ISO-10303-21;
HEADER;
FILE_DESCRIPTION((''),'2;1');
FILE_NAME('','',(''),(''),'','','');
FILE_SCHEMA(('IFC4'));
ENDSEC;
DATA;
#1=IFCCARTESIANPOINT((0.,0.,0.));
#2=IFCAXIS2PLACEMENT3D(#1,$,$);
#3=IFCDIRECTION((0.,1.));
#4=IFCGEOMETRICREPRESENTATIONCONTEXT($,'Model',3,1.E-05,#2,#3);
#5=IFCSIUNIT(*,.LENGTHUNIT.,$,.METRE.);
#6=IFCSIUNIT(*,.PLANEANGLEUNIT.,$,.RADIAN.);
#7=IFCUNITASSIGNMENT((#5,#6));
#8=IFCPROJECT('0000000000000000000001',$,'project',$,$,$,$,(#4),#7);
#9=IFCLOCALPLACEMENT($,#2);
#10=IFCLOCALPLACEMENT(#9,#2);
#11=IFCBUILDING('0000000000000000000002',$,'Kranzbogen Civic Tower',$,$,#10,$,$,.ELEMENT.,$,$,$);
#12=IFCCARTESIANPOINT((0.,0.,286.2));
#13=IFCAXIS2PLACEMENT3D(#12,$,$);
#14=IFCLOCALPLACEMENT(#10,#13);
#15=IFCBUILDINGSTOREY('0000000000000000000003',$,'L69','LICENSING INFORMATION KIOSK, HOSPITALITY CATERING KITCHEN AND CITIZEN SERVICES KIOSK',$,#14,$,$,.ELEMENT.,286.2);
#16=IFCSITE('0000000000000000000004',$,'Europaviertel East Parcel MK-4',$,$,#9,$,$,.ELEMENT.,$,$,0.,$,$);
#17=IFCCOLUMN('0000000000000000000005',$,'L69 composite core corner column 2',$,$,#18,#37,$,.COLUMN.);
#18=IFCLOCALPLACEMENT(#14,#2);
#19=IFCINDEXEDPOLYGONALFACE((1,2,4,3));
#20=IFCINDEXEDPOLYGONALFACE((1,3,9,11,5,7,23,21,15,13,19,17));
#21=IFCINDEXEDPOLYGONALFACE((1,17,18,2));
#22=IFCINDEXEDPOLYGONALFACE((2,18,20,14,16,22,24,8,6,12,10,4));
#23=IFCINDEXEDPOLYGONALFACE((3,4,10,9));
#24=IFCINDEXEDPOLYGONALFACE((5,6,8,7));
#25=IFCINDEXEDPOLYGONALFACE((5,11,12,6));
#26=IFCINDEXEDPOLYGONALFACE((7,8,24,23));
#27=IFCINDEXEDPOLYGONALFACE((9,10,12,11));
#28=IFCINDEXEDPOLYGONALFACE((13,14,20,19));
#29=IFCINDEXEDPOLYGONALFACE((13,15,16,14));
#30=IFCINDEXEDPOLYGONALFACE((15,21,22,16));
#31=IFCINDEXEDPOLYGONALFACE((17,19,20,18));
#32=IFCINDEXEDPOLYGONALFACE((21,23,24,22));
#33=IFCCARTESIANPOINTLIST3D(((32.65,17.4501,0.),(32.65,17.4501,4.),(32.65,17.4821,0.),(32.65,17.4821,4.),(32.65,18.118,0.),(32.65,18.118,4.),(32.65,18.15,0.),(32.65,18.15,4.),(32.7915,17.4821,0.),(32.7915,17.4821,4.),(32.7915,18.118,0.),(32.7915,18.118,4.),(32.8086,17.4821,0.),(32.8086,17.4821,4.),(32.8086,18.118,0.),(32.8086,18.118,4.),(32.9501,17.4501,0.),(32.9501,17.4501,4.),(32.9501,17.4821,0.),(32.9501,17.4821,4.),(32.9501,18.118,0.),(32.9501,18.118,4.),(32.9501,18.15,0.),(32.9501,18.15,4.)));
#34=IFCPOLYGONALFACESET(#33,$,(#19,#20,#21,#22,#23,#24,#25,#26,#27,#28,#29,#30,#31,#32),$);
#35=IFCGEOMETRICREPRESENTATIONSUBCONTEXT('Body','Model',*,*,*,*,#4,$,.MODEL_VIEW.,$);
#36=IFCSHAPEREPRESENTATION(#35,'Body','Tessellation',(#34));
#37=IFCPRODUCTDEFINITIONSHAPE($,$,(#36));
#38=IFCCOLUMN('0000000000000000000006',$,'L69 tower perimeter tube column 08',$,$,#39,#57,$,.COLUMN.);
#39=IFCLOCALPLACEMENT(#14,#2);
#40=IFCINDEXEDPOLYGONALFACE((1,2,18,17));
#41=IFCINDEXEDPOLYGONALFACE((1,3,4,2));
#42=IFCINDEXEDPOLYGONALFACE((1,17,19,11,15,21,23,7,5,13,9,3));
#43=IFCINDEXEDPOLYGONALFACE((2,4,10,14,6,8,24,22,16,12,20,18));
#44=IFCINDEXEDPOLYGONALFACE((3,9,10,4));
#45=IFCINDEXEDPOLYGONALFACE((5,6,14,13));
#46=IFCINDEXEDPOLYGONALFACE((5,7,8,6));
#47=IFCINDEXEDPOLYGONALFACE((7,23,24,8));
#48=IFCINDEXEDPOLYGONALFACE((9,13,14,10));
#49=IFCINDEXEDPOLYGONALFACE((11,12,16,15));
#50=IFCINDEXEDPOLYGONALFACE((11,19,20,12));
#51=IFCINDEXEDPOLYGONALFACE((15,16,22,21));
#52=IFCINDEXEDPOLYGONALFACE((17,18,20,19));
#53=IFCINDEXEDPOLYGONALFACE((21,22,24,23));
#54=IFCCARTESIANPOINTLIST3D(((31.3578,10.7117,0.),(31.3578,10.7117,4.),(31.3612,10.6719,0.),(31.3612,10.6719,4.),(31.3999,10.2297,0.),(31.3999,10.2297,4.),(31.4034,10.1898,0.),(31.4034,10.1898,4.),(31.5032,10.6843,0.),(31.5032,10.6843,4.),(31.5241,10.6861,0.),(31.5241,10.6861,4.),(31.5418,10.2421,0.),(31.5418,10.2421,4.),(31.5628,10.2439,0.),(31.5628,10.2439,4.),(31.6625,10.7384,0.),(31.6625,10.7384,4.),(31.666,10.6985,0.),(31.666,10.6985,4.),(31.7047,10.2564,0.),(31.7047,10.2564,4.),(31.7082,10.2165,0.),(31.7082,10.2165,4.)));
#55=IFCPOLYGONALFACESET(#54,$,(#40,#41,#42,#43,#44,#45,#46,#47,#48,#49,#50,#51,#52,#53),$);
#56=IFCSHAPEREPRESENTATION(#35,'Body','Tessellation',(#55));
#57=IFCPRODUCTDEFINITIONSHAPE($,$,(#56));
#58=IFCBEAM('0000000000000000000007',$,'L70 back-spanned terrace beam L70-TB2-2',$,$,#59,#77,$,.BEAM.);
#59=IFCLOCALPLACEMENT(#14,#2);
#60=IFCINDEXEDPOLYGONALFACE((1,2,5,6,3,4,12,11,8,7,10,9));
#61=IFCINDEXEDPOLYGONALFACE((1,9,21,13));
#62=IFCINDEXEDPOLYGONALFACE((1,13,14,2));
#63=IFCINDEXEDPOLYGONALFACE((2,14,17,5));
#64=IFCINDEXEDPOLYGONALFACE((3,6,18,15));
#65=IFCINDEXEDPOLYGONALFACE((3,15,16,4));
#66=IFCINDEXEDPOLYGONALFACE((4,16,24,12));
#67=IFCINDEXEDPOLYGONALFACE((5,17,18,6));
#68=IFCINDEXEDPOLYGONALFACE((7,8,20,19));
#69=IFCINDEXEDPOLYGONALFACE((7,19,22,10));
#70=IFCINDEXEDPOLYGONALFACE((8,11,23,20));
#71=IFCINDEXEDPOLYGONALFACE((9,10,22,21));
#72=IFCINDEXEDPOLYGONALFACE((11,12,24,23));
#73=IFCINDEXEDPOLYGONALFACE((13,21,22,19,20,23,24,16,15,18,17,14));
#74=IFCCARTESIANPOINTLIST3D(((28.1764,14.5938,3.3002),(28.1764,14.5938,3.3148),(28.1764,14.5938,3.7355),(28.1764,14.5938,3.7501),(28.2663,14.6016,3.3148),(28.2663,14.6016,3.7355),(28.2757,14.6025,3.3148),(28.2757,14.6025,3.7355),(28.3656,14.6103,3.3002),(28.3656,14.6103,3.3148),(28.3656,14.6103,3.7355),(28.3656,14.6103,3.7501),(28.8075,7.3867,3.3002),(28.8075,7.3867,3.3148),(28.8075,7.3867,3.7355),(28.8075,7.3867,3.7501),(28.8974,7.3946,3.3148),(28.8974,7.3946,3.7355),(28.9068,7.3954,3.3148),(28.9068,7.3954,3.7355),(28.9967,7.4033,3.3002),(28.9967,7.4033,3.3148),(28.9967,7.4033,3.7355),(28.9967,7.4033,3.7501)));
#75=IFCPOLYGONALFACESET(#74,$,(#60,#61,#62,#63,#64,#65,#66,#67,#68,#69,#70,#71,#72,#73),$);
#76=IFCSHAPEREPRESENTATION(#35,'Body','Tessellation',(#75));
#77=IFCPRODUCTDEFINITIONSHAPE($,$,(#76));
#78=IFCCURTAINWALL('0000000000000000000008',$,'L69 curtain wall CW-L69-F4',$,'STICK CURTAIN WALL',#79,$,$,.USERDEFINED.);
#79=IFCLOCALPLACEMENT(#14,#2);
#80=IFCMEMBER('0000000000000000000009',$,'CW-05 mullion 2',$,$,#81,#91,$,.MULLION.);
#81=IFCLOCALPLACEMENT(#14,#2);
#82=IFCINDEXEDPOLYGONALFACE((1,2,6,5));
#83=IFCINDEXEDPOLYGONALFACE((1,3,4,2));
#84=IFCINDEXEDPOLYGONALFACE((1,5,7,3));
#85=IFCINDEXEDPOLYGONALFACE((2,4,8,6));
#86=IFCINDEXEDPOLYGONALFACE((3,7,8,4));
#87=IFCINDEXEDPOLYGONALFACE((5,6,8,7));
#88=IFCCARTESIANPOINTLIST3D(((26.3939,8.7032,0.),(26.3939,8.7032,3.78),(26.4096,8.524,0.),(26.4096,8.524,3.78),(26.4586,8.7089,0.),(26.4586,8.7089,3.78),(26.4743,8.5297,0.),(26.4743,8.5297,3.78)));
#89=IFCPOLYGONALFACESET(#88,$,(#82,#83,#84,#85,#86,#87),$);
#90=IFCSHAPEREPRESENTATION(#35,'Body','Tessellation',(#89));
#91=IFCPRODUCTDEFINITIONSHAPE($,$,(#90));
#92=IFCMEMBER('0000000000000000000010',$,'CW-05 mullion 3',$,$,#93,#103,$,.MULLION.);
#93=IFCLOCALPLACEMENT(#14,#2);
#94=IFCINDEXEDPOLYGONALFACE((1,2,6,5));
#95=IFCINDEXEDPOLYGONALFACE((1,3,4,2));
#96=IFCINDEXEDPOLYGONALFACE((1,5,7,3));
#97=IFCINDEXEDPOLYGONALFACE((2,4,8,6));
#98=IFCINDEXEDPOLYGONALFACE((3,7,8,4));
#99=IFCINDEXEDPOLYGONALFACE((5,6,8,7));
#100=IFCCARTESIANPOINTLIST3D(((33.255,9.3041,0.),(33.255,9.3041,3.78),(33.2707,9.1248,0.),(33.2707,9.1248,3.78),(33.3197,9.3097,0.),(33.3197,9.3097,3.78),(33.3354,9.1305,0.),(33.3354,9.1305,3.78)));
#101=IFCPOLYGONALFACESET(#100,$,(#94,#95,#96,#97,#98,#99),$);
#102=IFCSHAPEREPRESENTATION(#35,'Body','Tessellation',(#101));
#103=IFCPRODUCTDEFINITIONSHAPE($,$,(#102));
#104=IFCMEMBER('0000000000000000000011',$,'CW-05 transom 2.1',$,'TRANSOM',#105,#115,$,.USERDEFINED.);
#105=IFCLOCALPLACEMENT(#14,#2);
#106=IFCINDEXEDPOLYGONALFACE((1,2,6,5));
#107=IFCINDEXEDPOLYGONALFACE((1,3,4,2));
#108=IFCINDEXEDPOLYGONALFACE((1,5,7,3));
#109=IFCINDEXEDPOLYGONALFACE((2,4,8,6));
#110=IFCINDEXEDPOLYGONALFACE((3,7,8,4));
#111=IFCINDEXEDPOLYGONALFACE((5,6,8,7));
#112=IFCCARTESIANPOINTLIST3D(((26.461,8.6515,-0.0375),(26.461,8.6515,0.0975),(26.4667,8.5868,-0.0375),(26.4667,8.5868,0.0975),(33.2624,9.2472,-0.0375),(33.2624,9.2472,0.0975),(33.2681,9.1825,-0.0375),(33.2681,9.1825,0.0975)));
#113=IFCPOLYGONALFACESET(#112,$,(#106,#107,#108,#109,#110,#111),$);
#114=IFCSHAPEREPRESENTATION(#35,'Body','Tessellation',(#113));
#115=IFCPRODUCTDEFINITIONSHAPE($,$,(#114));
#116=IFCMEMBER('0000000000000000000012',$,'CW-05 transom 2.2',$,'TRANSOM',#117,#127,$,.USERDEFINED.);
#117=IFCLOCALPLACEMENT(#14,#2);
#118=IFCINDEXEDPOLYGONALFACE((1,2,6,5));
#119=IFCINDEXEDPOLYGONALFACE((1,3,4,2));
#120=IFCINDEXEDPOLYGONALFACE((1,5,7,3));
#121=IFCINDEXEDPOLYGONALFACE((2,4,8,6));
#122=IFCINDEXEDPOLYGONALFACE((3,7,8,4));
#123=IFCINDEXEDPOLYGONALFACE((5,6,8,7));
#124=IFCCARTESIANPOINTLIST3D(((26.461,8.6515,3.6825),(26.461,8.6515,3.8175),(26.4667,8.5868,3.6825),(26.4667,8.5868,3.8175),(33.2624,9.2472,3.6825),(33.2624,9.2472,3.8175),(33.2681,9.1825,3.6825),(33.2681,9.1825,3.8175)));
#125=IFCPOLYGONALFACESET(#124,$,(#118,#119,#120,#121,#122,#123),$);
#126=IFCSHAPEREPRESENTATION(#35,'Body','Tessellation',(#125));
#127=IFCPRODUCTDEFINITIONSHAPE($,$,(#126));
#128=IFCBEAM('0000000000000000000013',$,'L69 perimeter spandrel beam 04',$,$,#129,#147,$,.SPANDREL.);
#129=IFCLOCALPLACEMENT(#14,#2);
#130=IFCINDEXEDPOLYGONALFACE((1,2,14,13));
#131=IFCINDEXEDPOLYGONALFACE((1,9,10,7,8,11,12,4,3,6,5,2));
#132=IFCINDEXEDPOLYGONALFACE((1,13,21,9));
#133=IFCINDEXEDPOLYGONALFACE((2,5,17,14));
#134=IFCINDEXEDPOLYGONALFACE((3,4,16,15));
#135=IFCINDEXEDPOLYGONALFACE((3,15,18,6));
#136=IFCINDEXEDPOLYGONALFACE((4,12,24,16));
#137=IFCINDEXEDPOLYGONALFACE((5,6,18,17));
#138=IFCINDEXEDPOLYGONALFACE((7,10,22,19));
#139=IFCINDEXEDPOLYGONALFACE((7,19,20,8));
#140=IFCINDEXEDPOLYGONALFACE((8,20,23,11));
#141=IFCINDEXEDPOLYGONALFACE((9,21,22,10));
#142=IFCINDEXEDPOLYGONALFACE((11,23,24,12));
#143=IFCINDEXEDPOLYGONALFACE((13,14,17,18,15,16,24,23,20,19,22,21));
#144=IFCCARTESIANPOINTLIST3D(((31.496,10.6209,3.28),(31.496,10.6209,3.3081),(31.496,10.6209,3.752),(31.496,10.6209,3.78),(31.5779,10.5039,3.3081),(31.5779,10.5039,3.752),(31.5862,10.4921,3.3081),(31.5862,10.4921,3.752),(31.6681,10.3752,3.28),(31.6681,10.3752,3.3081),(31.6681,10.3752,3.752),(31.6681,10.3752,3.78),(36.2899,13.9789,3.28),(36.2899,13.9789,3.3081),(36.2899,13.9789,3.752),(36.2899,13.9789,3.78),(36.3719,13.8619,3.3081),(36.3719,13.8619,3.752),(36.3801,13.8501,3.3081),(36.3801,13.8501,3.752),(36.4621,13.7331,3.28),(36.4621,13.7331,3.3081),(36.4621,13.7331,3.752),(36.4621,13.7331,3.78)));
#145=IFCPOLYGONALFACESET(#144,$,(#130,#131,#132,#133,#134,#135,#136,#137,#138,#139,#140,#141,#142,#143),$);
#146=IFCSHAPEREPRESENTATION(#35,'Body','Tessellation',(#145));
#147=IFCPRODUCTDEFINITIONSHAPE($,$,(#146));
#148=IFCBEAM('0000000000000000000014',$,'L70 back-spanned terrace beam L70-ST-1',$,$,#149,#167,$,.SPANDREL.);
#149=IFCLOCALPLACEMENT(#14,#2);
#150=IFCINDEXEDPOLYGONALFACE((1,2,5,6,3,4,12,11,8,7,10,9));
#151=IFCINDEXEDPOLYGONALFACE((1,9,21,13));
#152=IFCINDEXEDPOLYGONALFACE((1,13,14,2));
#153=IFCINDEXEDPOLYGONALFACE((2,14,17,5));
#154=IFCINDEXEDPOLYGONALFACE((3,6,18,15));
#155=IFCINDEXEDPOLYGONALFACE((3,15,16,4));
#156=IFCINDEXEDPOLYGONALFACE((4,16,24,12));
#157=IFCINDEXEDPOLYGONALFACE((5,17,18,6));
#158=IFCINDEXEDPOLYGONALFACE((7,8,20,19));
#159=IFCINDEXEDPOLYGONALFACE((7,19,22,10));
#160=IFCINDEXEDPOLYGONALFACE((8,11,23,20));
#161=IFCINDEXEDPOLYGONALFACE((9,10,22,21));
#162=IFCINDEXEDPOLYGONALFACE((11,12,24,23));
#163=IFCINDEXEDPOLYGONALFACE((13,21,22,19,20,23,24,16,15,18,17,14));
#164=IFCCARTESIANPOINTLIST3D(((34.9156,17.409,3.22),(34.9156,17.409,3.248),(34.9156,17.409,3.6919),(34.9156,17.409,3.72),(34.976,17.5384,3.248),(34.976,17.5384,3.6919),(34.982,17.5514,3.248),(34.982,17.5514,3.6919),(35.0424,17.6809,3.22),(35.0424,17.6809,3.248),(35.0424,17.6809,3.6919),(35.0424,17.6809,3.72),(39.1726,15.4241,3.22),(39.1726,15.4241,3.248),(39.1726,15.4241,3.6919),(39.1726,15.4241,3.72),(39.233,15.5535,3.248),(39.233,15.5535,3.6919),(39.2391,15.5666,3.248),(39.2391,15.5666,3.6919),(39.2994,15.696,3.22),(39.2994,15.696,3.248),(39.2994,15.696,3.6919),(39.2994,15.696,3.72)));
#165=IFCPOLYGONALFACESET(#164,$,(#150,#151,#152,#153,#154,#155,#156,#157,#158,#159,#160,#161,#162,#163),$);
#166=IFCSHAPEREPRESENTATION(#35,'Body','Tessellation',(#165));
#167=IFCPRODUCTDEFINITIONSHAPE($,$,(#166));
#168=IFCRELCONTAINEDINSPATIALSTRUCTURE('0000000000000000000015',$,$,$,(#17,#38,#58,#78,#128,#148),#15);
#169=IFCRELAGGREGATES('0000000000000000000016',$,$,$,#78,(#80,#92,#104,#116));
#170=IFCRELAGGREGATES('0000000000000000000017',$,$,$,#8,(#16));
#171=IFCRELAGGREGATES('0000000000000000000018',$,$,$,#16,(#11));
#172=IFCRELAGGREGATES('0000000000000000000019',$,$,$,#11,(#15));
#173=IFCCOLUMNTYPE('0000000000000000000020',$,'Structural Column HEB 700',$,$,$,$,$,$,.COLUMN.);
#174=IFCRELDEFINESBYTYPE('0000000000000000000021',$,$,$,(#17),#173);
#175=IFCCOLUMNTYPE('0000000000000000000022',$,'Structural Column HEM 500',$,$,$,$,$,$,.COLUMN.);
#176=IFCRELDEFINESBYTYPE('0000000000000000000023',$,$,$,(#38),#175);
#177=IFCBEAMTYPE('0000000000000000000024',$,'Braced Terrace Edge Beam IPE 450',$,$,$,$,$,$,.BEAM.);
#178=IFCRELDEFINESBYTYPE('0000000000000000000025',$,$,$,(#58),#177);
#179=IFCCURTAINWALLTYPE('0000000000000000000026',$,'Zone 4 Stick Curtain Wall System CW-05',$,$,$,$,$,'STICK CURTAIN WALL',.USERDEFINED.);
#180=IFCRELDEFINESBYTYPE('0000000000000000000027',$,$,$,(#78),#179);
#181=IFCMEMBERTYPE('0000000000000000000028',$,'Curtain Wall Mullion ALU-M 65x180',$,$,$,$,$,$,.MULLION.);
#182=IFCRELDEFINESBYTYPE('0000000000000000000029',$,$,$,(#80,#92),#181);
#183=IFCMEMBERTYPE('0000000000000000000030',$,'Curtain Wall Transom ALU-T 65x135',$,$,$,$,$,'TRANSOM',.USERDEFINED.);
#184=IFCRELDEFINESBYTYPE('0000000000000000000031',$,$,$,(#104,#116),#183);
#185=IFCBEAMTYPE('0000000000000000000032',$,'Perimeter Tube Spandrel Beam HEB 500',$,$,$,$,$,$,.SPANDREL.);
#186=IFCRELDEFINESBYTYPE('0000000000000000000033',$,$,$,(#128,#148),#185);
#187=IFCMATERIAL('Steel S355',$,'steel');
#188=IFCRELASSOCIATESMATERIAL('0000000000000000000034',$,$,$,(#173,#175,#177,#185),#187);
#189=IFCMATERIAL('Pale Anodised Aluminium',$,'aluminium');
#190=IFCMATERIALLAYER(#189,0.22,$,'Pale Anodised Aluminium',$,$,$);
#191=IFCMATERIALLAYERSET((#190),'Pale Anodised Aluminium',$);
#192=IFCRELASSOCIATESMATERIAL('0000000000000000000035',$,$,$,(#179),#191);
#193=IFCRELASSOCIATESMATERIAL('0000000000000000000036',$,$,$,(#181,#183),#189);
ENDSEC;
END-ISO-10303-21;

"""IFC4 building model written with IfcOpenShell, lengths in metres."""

from ifc_helpers import new_model, si_unit, direction, frame, origin, origin_2d, place, context, subcontext, project, spatial, rectangle, i_section, extrude, material, layer, layer_set, material_profile, profile_set, type_object, element, aggregate, save


model = new_model("IFC4")

# Units and contexts
model_context = context("Model", 3, precision=1e-05, world=origin(), true_north=direction((0.0, 1.0)))
body_context = subcontext(model_context, "Body", "Model", "MODEL_VIEW")
ifc_project = project(units=[si_unit("LENGTHUNIT", "METRE"), si_unit("PLANEANGLEUNIT", "RADIAN")], contexts=[model_context])

# Site, building, storey
site_placement = place(None, origin())
site = spatial("IfcSite", under=ifc_project, at=site_placement, Name="Europaviertel East Parcel MK-4", CompositionType="ELEMENT", RefElevation=0.0)
building_placement = place(site_placement, origin())
building = spatial("IfcBuilding", under=site, at=building_placement, Name="Kranzbogen Civic Tower", CompositionType="ELEMENT")
storey_placement = place(building_placement, frame((0.0, 0.0, 286.2)))
storey = spatial("IfcBuildingStorey", under=building, at=storey_placement, Name="L69", Description="LICENSING INFORMATION KIOSK, HOSPITALITY CATERING KITCHEN AND CITIZEN SERVICES KIOSK", CompositionType="ELEMENT", Elevation=286.2)

# Columns
ifc_material_1 = material(Name="Steel S355", Category="steel")
ifc_material_profile_1 = material_profile(ifc_material_1, i_section(OverallWidth=0.3, OverallDepth=0.7, WebThickness=0.0171, FlangeThickness=0.032, at=origin_2d()), Name="HEB 700")
ifc_profile_set_1 = profile_set([ifc_material_profile_1], Name="Steel S355")
column_type_1 = type_object("IfcColumnType", Name="Structural Column HEB 700", PredefinedType="COLUMN", material=ifc_profile_set_1)
column_1_placement = place(storey_placement, frame((32.8, 17.8, 0.0), z_axis=(0.0, 0.0, 1.0), x_axis=(1.0, 0.0, 0.0)))
element("IfcColumn", 1, at=column_1_placement, inside=storey, type_object=column_type_1, Name="L69 composite core corner column 2", PredefinedType="COLUMN", context=body_context, shape_type="SweptSolid", body=[
    extrude(i_section(OverallWidth=0.3, OverallDepth=0.7, WebThickness=0.0171, FlangeThickness=0.032, at=origin_2d()), origin(), (0.0, 0.0, 1.0), 4.0),
])
ifc_material_profile_2 = material_profile(ifc_material_1, i_section(OverallWidth=0.3059, OverallDepth=0.5239, WebThickness=0.021, FlangeThickness=0.04, at=origin_2d()), Name="HEM 500")
ifc_profile_set_2 = profile_set([ifc_material_profile_2], Name="Steel S355")
column_type_2 = type_object("IfcColumnType", Name="Structural Column HEM 500", PredefinedType="COLUMN", material=ifc_profile_set_2)
column_2_placement = place(storey_placement, frame((31.533, 10.4641, 0.0), z_axis=(0.0, 0.0, 1.0), x_axis=(0.996195, 0.087156, 0.0)))
element("IfcColumn", 2, at=column_2_placement, inside=storey, type_object=column_type_2, Name="L69 tower perimeter tube column 08", PredefinedType="COLUMN", context=body_context, shape_type="SweptSolid", body=[
    extrude(i_section(OverallWidth=0.3059, OverallDepth=0.5239, WebThickness=0.021, FlangeThickness=0.04, at=origin_2d()), origin(), (0.0, 0.0, 1.0), 4.0),
])

# Beam
ifc_material_profile_3 = material_profile(ifc_material_1, i_section(OverallWidth=0.1899, OverallDepth=0.45, WebThickness=0.0095, FlangeThickness=0.0146, at=origin_2d()), Name="IPE 450")
ifc_profile_set_3 = profile_set([ifc_material_profile_3], Name="Steel S355")
beam_type_1 = type_object("IfcBeamType", Name="Braced Terrace Edge Beam IPE 450", PredefinedType="BEAM", material=ifc_profile_set_3)
beam_1_placement = place(storey_placement, frame((28.271, 14.6021, 3.5251), z_axis=(0.087234, -0.996188, 0.0), x_axis=(0.996188, 0.087234, 0.0)))
element("IfcBeam", 3, at=beam_1_placement, inside=storey, type_object=beam_type_1, Name="L70 back-spanned terrace beam L70-TB2-2", PredefinedType="BEAM", context=body_context, shape_type="SweptSolid", body=[
    extrude(i_section(OverallWidth=0.1899, OverallDepth=0.45, WebThickness=0.0095, FlangeThickness=0.0146, at=origin_2d()), origin(), (0.0, 0.0, 1.0), 7.2346),
])

# Curtain wall, members
ifc_material_2 = material(Name="Pale Anodised Aluminium", Category="aluminium")
ifc_layer_1 = layer(ifc_material_2, 0.22, Name="Pale Anodised Aluminium")
ifc_layer_set_1 = layer_set([ifc_layer_1], Name="Pale Anodised Aluminium")
curtain_wall_type = type_object("IfcCurtainWallType", Name="Zone 4 Stick Curtain Wall System CW-05", ElementType="STICK CURTAIN WALL", PredefinedType="USERDEFINED", material=ifc_layer_set_1)
curtain_wall_placement = place(storey_placement, origin())
curtain_wall = element("IfcCurtainWall", 4, at=curtain_wall_placement, inside=storey, type_object=curtain_wall_type, Name="L69 curtain wall CW-L69-F4", ObjectType="STICK CURTAIN WALL", PredefinedType="USERDEFINED")
ifc_material_profile_4 = material_profile(ifc_material_2, rectangle(XDim=0.0649, YDim=0.1799, at=origin_2d()), Name="ALU-M 65x180")
ifc_profile_set_4 = profile_set([ifc_material_profile_4], Name="Pale Anodised Aluminium")
member_type_1 = type_object("IfcMemberType", Name="Curtain Wall Mullion ALU-M 65x180", PredefinedType="MULLION", material=ifc_profile_set_4)
member_1_placement = place(storey_placement, frame((26.4341, 8.6165, 0.0), z_axis=(0.0, 0.0, 1.0), x_axis=(0.996187, 0.087244, 0.0)))
member_1 = element("IfcMember", 5, at=member_1_placement, type_object=member_type_1, Name="CW-05 mullion 2", PredefinedType="MULLION", context=body_context, shape_type="SweptSolid", body=[
    extrude(rectangle(XDim=0.0649, YDim=0.1799, at=origin_2d()), origin(), (0.0, 0.0, 1.0), 3.78),
])
member_2_placement = place(storey_placement, frame((33.2952, 9.2173, 0.0), z_axis=(0.0, 0.0, 1.0), x_axis=(0.996187, 0.087244, 0.0)))
member_2 = element("IfcMember", 6, at=member_2_placement, type_object=member_type_1, Name="CW-05 mullion 3", PredefinedType="MULLION", context=body_context, shape_type="SweptSolid", body=[
    extrude(rectangle(XDim=0.0649, YDim=0.1799, at=origin_2d()), origin(), (0.0, 0.0, 1.0), 3.78),
])
ifc_material_profile_5 = material_profile(ifc_material_2, rectangle(XDim=0.0649, YDim=0.135, at=origin_2d()), Name="ALU-T 65x135")
ifc_profile_set_5 = profile_set([ifc_material_profile_5], Name="Pale Anodised Aluminium")
member_type_2 = type_object("IfcMemberType", Name="Curtain Wall Transom ALU-T 65x135", ElementType="TRANSOM", PredefinedType="USERDEFINED", material=ifc_profile_set_5)
member_3_placement = place(storey_placement, frame((26.4639, 8.6191, 0.03), z_axis=(0.996186, 0.087253, 0.0), x_axis=(-0.087253, 0.996186, 0.0)))
member_3 = element("IfcMember", 7, at=member_3_placement, type_object=member_type_2, Name="CW-05 transom 2.1", ObjectType="TRANSOM", PredefinedType="USERDEFINED", context=body_context, shape_type="SweptSolid", body=[
    extrude(rectangle(XDim=0.0649, YDim=0.135, at=origin_2d()), origin(), (0.0, 0.0, 1.0), 6.8274),
])
member_4_placement = place(storey_placement, frame((26.4639, 8.6191, 3.75), z_axis=(0.996186, 0.087253, 0.0), x_axis=(-0.087253, 0.996186, 0.0)))
member_4 = element("IfcMember", 8, at=member_4_placement, type_object=member_type_2, Name="CW-05 transom 2.2", ObjectType="TRANSOM", PredefinedType="USERDEFINED", context=body_context, shape_type="SweptSolid", body=[
    extrude(rectangle(XDim=0.0649, YDim=0.135, at=origin_2d()), origin(), (0.0, 0.0, 1.0), 6.8274),
])

# Beams
ifc_material_profile_6 = material_profile(ifc_material_1, i_section(OverallWidth=0.3, OverallDepth=0.5, WebThickness=0.0144, FlangeThickness=0.0281, at=origin_2d()), Name="HEB 500")
ifc_profile_set_6 = profile_set([ifc_material_profile_6], Name="Steel S355")
beam_type_2 = type_object("IfcBeamType", Name="Perimeter Tube Spandrel Beam HEB 500", PredefinedType="SPANDREL", material=ifc_profile_set_6)
beam_2_placement = place(storey_placement, frame((31.582, 10.498, 3.53), z_axis=(0.819059, 0.573709, 0.0), x_axis=(-0.573709, 0.819059, 0.0)))
element("IfcBeam", 9, at=beam_2_placement, inside=storey, type_object=beam_type_2, Name="L69 perimeter spandrel beam 04", PredefinedType="SPANDREL", context=body_context, shape_type="SweptSolid", body=[
    extrude(i_section(OverallWidth=0.3, OverallDepth=0.5, WebThickness=0.0144, FlangeThickness=0.0281, at=origin_2d()), origin(), (0.0, 0.0, 1.0), 5.853),
])
beam_3_placement = place(storey_placement, frame((34.979, 17.5449, 3.47), z_axis=(0.906328, -0.422575, 0.0), x_axis=(0.422575, 0.906328, 0.0)))
element("IfcBeam", 10, at=beam_3_placement, inside=storey, type_object=beam_type_2, Name="L70 back-spanned terrace beam L70-ST-1", PredefinedType="SPANDREL", context=body_context, shape_type="SweptSolid", body=[
    extrude(i_section(OverallWidth=0.3, OverallDepth=0.5, WebThickness=0.0144, FlangeThickness=0.0281, at=origin_2d()), origin(), (0.0, 0.0, 1.0), 4.697),
])

aggregate(curtain_wall, [member_1, member_2, member_3, member_4])

save(model, "model.ifc")
